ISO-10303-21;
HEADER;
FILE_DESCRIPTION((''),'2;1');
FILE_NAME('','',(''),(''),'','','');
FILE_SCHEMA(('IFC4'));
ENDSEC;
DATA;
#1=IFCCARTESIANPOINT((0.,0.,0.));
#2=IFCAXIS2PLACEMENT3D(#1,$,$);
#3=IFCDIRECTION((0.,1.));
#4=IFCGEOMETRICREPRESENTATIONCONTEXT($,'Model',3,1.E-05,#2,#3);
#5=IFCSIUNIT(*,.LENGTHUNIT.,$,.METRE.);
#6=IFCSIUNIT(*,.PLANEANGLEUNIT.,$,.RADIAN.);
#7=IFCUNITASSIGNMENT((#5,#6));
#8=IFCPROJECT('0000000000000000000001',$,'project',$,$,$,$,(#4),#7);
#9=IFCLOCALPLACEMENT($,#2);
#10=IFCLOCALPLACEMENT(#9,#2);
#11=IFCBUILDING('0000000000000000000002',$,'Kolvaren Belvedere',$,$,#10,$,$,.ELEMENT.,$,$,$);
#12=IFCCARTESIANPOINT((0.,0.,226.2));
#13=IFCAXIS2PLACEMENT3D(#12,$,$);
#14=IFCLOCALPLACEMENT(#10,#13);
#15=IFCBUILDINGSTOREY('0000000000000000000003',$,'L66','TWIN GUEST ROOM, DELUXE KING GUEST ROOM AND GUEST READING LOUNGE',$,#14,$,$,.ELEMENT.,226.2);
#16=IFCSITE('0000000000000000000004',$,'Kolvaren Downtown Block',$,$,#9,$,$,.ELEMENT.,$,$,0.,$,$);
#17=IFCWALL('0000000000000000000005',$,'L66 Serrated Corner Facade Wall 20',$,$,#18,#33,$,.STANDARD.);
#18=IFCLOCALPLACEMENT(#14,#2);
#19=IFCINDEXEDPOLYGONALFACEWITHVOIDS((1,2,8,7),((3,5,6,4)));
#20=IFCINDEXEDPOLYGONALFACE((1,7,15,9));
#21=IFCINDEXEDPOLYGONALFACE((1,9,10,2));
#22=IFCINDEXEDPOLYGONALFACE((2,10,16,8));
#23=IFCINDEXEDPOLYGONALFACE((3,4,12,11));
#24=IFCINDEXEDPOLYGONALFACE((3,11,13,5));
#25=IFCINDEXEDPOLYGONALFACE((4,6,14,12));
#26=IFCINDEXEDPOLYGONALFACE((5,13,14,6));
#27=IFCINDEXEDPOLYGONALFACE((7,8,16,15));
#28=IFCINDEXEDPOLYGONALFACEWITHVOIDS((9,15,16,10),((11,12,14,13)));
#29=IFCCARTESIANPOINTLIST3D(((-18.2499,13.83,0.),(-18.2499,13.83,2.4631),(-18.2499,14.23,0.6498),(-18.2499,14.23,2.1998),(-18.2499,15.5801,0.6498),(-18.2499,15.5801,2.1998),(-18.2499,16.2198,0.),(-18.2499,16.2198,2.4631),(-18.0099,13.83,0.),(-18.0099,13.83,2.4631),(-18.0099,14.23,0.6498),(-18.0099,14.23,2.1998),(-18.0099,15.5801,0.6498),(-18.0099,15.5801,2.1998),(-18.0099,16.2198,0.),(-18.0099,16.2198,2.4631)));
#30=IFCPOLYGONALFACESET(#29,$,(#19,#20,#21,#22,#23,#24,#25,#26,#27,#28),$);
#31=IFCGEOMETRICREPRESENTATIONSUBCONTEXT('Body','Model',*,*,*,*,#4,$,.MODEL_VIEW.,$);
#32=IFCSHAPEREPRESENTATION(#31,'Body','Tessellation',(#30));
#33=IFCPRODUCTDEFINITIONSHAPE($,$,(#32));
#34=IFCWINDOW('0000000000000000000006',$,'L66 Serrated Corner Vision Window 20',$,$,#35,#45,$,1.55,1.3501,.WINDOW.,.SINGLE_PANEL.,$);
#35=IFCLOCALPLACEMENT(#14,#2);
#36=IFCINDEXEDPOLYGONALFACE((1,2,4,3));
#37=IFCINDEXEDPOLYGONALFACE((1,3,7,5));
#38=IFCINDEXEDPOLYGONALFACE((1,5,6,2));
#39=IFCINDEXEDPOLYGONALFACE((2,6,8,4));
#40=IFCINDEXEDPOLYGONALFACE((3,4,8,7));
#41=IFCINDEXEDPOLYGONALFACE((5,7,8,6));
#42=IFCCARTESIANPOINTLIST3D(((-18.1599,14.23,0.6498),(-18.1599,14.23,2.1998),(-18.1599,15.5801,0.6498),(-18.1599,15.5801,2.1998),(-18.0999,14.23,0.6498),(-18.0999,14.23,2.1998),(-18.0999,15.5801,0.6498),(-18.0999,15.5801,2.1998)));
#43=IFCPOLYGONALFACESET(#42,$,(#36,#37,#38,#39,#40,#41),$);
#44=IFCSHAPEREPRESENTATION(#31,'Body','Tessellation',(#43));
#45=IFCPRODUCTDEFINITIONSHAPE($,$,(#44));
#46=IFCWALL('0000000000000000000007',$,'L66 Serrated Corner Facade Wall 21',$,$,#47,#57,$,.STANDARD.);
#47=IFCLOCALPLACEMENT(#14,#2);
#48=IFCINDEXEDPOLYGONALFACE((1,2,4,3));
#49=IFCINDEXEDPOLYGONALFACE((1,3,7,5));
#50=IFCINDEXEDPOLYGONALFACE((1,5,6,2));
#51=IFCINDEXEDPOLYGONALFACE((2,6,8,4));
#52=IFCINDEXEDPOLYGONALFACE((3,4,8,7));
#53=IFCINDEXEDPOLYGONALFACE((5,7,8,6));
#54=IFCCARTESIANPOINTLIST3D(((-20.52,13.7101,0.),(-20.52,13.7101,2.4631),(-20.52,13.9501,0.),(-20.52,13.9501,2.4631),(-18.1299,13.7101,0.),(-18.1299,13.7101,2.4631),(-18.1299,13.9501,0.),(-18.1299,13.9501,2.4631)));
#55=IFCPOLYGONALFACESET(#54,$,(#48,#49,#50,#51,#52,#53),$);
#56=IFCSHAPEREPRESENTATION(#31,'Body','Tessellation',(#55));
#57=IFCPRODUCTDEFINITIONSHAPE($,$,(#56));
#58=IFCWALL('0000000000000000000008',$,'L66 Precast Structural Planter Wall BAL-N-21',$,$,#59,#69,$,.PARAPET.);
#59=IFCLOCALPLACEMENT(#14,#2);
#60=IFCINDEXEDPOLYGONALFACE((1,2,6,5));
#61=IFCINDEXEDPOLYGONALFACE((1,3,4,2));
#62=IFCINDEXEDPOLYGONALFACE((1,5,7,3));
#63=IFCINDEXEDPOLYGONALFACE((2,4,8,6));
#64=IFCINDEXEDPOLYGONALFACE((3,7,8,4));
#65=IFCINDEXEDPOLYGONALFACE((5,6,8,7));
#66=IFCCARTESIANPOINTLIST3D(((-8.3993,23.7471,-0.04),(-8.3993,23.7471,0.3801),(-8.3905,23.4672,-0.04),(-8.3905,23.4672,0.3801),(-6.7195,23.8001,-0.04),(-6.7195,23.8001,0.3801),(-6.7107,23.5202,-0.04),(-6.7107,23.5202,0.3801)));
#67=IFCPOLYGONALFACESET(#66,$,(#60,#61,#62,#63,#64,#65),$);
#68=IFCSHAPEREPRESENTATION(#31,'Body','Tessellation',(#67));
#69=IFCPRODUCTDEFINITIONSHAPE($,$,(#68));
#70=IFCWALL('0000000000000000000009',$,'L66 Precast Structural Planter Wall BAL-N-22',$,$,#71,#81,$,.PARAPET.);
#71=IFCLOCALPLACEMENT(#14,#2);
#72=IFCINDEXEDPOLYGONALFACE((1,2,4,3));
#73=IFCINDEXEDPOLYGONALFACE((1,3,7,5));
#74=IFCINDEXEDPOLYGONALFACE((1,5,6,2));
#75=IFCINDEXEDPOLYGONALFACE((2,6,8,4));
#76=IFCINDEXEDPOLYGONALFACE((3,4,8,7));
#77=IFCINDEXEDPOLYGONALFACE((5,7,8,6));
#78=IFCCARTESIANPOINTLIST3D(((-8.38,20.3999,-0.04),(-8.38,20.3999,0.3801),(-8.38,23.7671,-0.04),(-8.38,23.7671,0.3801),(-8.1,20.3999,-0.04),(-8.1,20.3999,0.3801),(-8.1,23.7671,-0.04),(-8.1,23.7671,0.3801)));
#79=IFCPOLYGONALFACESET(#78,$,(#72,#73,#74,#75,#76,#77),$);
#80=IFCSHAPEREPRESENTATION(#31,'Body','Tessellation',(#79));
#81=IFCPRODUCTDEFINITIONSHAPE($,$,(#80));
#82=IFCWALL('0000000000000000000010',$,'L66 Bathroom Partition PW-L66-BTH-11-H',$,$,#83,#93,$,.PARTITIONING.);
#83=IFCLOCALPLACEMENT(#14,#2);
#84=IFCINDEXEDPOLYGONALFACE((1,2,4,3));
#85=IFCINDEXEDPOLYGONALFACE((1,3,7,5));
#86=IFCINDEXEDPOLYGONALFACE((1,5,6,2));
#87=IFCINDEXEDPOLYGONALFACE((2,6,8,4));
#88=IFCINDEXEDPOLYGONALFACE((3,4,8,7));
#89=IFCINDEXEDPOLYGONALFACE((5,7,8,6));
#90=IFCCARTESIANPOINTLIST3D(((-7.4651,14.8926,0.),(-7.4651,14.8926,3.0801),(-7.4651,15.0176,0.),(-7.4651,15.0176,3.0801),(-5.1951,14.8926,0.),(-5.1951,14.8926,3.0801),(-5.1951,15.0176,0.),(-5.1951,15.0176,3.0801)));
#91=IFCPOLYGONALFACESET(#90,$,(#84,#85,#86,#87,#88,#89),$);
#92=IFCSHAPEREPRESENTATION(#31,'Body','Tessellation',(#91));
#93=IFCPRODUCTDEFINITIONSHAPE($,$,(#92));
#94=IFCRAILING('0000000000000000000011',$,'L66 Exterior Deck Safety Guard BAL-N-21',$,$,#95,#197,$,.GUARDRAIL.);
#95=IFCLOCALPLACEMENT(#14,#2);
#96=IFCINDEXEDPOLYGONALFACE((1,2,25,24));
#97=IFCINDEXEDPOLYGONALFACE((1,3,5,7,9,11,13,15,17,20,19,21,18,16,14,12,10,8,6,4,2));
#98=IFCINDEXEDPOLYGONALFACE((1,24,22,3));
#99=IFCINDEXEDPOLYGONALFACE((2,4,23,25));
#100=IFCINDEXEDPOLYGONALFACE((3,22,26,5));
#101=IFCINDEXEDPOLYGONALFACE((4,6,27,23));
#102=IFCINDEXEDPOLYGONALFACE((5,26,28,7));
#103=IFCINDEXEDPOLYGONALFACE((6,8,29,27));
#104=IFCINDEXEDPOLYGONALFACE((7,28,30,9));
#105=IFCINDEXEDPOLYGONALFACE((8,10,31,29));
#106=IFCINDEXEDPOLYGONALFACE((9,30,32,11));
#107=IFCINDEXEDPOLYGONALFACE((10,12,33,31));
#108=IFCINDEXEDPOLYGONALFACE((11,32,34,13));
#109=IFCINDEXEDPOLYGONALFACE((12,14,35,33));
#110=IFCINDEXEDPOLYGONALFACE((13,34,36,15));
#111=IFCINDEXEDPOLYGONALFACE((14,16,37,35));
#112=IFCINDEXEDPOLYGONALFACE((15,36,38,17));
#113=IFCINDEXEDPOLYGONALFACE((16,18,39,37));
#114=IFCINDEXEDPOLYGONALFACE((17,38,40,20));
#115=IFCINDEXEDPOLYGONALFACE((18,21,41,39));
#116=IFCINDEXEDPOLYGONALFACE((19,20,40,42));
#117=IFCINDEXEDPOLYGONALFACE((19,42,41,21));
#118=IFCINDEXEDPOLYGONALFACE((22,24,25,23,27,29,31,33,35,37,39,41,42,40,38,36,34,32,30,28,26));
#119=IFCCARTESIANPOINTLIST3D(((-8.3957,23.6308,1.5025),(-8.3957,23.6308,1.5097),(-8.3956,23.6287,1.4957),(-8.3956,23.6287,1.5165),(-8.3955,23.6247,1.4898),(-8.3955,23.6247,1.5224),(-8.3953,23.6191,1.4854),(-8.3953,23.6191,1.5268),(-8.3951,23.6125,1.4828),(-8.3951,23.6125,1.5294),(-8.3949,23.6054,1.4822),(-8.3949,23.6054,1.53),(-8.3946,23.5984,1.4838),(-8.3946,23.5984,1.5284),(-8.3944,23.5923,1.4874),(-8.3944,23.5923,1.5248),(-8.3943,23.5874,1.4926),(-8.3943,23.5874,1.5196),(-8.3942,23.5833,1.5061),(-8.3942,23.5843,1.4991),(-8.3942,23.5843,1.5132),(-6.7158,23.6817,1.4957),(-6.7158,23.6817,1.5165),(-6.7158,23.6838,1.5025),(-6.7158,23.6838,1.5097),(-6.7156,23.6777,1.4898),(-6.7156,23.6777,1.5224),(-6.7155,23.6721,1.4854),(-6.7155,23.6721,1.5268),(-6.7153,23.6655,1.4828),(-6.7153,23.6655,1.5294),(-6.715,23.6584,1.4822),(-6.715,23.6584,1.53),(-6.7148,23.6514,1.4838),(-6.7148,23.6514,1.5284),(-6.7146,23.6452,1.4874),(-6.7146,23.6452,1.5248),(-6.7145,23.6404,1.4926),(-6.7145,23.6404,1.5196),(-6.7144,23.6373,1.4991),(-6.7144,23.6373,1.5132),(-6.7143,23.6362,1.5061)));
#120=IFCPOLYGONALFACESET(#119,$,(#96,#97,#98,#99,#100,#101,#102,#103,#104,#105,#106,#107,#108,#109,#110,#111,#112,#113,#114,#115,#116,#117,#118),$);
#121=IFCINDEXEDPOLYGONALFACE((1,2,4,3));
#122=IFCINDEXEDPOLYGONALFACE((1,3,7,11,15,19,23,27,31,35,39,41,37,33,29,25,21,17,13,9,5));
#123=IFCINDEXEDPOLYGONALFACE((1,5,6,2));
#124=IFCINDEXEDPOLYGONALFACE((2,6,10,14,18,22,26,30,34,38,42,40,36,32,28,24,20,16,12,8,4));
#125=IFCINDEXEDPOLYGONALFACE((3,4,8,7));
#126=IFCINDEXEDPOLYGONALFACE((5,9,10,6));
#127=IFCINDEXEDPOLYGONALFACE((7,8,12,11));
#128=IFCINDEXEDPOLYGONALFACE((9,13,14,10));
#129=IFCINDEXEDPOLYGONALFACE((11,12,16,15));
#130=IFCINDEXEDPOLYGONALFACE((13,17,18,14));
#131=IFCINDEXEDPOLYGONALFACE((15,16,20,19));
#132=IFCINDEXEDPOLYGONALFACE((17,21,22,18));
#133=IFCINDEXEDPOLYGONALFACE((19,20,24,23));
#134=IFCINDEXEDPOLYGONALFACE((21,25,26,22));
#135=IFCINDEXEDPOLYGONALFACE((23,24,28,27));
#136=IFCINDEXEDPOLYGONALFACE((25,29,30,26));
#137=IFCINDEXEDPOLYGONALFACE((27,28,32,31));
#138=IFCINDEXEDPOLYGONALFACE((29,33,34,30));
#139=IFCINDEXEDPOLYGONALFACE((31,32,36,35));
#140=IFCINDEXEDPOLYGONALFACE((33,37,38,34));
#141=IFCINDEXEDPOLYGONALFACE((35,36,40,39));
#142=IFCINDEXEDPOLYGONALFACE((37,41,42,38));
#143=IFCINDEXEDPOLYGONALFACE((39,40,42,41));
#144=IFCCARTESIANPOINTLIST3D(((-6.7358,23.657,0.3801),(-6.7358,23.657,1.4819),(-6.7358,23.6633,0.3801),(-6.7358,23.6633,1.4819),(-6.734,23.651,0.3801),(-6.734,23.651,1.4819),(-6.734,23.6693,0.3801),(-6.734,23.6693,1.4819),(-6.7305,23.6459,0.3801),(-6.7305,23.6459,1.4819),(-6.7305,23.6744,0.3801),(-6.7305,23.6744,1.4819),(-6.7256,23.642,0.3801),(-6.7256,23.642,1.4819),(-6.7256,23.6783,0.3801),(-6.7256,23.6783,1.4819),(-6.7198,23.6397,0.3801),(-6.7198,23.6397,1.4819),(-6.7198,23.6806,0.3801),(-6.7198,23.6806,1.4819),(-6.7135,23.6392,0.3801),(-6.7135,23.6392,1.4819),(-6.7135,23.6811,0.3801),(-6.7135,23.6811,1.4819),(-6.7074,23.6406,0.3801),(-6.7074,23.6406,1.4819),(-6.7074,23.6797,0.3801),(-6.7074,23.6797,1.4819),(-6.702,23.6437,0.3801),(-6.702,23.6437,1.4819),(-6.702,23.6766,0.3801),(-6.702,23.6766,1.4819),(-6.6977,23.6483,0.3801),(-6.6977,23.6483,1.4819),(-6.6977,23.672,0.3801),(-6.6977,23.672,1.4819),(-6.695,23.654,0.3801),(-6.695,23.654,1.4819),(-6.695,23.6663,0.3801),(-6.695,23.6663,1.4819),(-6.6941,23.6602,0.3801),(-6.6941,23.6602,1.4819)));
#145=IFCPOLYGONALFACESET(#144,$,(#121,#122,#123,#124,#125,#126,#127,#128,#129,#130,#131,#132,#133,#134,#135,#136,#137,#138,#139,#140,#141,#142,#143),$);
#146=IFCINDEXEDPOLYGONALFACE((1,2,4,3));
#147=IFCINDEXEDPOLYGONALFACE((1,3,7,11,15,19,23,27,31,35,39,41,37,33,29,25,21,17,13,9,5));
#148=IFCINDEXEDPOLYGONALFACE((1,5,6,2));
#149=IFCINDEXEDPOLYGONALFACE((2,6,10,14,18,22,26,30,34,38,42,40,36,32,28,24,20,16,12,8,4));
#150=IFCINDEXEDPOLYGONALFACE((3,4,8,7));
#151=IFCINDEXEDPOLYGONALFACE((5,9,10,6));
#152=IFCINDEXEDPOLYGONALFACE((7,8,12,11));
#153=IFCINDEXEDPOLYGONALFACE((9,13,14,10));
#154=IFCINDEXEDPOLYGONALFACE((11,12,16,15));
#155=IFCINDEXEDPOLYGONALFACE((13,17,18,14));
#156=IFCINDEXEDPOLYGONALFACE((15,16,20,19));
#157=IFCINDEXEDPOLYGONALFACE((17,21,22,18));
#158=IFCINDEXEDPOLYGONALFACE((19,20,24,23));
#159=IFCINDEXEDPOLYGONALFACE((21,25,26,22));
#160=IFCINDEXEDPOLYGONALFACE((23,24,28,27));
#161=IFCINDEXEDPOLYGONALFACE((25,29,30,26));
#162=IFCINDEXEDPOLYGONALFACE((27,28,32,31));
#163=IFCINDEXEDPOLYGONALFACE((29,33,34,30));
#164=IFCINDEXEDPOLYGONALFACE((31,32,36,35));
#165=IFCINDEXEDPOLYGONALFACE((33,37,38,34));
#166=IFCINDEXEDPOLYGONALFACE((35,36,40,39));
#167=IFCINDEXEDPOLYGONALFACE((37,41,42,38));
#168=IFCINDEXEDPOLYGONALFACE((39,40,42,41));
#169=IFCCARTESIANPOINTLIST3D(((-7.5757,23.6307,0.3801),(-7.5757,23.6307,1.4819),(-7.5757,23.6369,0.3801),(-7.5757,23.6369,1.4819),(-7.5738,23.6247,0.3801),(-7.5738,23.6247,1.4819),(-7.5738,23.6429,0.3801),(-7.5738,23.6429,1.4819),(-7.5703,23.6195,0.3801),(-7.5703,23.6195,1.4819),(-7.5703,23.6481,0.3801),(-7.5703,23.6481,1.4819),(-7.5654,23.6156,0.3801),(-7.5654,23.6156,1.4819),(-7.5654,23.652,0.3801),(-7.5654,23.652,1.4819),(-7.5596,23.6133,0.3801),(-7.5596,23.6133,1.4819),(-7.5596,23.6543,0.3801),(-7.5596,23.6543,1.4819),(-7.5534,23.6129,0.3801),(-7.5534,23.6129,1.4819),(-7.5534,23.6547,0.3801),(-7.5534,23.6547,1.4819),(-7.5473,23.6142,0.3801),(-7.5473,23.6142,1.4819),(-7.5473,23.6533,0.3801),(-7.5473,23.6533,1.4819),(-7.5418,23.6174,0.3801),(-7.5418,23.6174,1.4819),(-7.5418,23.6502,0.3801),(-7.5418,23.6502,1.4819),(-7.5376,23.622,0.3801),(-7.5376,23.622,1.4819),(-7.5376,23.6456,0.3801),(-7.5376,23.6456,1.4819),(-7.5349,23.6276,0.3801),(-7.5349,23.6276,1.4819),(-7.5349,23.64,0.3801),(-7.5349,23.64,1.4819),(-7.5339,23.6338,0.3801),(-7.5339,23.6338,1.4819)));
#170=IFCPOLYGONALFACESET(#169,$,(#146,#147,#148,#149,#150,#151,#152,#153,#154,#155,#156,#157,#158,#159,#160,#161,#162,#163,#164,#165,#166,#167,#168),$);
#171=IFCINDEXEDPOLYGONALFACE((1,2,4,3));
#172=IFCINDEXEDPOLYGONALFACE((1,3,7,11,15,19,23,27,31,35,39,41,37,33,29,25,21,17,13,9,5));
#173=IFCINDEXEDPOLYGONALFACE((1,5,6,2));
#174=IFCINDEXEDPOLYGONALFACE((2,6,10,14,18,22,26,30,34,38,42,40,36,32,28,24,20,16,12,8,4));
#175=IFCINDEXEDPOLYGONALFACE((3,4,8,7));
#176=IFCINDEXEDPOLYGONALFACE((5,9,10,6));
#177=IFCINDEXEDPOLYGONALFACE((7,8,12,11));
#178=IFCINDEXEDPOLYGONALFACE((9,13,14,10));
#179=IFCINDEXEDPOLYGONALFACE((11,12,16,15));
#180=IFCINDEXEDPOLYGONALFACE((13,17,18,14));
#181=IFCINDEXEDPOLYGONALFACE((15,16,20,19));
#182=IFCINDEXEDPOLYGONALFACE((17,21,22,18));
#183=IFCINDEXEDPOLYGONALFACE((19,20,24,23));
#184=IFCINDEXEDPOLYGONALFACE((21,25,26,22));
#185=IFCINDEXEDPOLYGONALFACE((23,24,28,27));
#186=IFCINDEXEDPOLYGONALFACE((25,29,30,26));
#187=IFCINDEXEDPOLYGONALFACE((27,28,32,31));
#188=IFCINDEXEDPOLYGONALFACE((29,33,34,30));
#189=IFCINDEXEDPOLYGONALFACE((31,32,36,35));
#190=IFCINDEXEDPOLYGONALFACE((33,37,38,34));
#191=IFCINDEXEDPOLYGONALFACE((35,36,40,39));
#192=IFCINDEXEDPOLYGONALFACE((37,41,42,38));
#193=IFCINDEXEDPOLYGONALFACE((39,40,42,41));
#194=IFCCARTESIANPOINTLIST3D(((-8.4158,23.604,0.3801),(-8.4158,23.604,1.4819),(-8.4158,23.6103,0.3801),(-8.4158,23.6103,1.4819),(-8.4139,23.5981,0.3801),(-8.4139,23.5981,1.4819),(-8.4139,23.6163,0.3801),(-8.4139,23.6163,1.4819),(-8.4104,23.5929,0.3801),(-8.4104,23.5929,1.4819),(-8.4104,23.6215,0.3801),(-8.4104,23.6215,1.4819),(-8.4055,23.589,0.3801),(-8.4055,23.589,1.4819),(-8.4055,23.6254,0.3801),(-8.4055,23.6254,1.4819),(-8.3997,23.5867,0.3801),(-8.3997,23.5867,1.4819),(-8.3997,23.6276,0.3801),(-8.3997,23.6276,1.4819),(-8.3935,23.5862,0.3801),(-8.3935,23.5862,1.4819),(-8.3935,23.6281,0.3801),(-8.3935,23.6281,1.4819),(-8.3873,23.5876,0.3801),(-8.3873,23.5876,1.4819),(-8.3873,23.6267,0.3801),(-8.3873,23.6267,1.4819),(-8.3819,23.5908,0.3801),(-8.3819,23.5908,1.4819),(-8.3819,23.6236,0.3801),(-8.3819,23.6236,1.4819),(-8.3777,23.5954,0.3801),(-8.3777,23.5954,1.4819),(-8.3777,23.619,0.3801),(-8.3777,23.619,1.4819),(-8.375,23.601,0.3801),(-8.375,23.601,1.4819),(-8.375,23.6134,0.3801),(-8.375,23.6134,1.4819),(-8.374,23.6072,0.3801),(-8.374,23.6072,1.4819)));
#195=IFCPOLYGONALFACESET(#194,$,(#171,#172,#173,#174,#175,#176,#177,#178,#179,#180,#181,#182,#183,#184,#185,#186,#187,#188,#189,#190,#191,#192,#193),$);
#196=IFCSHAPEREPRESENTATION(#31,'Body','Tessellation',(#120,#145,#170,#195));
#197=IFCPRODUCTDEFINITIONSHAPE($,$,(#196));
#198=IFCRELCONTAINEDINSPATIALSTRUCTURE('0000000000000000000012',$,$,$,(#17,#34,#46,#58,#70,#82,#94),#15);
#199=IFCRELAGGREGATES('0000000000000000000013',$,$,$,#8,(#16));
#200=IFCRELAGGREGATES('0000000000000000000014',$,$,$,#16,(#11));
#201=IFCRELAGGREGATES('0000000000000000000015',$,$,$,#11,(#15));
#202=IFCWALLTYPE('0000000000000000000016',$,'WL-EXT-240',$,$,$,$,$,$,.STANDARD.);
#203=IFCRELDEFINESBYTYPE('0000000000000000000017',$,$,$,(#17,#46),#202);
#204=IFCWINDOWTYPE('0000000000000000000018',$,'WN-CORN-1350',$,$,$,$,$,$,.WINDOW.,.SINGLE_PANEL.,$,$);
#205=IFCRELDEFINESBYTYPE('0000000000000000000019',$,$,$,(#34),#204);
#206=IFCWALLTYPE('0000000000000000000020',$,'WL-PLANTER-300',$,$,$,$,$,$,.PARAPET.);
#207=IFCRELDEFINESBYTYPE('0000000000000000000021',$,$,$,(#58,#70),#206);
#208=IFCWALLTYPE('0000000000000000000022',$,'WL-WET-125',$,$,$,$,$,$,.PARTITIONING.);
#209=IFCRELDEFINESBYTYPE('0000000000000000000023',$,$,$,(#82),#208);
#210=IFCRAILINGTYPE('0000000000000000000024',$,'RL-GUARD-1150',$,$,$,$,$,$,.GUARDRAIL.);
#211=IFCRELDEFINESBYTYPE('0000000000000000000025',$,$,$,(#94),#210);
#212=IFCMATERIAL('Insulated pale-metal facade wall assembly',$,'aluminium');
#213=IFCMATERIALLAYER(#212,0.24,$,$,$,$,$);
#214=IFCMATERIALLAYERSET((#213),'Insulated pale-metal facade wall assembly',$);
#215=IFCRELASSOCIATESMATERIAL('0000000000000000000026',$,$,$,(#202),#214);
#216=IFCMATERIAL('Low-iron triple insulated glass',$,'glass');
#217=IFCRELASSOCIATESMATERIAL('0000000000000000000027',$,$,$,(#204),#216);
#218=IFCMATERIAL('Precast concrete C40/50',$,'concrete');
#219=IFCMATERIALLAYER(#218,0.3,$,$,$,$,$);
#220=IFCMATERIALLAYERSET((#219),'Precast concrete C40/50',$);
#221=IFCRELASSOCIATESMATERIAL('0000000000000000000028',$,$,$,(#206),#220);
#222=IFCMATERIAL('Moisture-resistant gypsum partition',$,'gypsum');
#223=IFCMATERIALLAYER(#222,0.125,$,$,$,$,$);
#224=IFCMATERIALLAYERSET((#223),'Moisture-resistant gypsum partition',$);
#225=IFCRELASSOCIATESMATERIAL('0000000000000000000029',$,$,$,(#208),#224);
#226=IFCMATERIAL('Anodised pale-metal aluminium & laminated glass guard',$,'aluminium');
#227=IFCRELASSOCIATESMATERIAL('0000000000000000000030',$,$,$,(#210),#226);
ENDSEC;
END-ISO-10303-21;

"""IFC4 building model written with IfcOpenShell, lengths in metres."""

from ifc_helpers import new_model, si_unit, direction, frame, frame_2d, origin, origin_2d, place, context, subcontext, project, spatial, rectangle, circle, extrude, material, layer, layer_set, type_object, element, fill, save


model = new_model("IFC4")

# Units and contexts
model_context = context("Model", 3, precision=1e-05, world=origin(), true_north=direction((0.0, 1.0)))
body_context = subcontext(model_context, "Body", "Model", "MODEL_VIEW")
ifc_project = project(units=[si_unit("LENGTHUNIT", "METRE"), si_unit("PLANEANGLEUNIT", "RADIAN")], contexts=[model_context])

# Site, building, storey
site_placement = place(None, origin())
site = spatial("IfcSite", under=ifc_project, at=site_placement, Name="Kolvaren Downtown Block", CompositionType="ELEMENT", RefElevation=0.0)
building_placement = place(site_placement, origin())
building = spatial("IfcBuilding", under=site, at=building_placement, Name="Kolvaren Belvedere", CompositionType="ELEMENT")
storey_placement = place(building_placement, frame((0.0, 0.0, 226.2)))
storey = spatial("IfcBuildingStorey", under=building, at=storey_placement, Name="L66", Description="TWIN GUEST ROOM, DELUXE KING GUEST ROOM AND GUEST READING LOUNGE", CompositionType="ELEMENT", Elevation=226.2)

# Shared definitions
ifc_material_1 = material(Name="Insulated pale-metal facade wall assembly", Category="aluminium")
ifc_layer_1 = layer(ifc_material_1, 0.24)
ifc_layer_set_1 = layer_set([ifc_layer_1], Name="Insulated pale-metal facade wall assembly")
wall_type_1 = type_object("IfcWallType", Name="WL-EXT-240", PredefinedType="STANDARD", material=ifc_layer_set_1)

# Wall, opening, window
ifc_material_2 = material(Name="Low-iron triple insulated glass", Category="glass")
window_type_1 = type_object("IfcWindowType", Name="WN-CORN-1350", PartitioningType="SINGLE_PANEL", PredefinedType="WINDOW", material=ifc_material_2)
wall_1_placement = place(storey_placement, frame((-18.1299, 13.8301, 0.0), z_axis=(0.0, 0.0, 1.0), x_axis=(0.0, 1.0, 0.0)))
wall_1 = element("IfcWall", 1, at=wall_1_placement, inside=storey, type_object=wall_type_1, Name="L66 Serrated Corner Facade Wall 20", PredefinedType="STANDARD", context=body_context, shape_type="SweptSolid", body=[
    extrude(rectangle(XDim=2.3899, YDim=0.24, at=frame_2d((1.1948, 0.0))), origin(), (0.0, 0.0, 1.0), 2.4631),
])
opening_1_placement = place(wall_1_placement, frame((0.3999, 0.0, 0.6499)))
opening_1 = element("IfcOpeningElement", 2, at=opening_1_placement, cuts=wall_1, PredefinedType="OPENING", context=body_context, shape_type="SweptSolid", body=[
    extrude(rectangle(XDim=1.3501, YDim=1.55, at=frame_2d((0.675, 0.7749))), frame((0.0, 0.1299, 0.0), z_axis=(0.0, -1.0, 0.0), x_axis=(1.0, 0.0, 0.0)), (0.0, 0.0, 1.0), 0.26),
])
window_1_placement = place(opening_1_placement, origin())
window_1 = element("IfcWindow", 3, at=window_1_placement, inside=storey, type_object=window_type_1, Name="L66 Serrated Corner Vision Window 20", OverallHeight=1.55, OverallWidth=1.3501, PartitioningType="SINGLE_PANEL", PredefinedType="WINDOW", context=body_context, shape_type="SweptSolid", body=[
    extrude(rectangle(XDim=1.3501, YDim=1.55, at=frame_2d((0.675, 0.7749))), frame((0.0, 0.03, 0.0), z_axis=(0.0, -1.0, 0.0), x_axis=(1.0, 0.0, 0.0)), (0.0, 0.0, 1.0), 0.0601),
])
fill(opening_1, window_1)

# Walls
wall_2_placement = place(storey_placement, frame((-20.52, 13.8301, 0.0), z_axis=(0.0, 0.0, 1.0), x_axis=(1.0, 0.0, 0.0)))
element("IfcWall", 4, at=wall_2_placement, inside=storey, type_object=wall_type_1, Name="L66 Serrated Corner Facade Wall 21", PredefinedType="STANDARD", context=body_context, shape_type="SweptSolid", body=[
    extrude(rectangle(XDim=2.3901, YDim=0.24, at=frame_2d((1.1951, 0.0))), origin(), (0.0, 0.0, 1.0), 2.4631),
])
ifc_material_3 = material(Name="Precast concrete C40/50", Category="concrete")
ifc_layer_2 = layer(ifc_material_3, 0.3)
ifc_layer_set_2 = layer_set([ifc_layer_2], Name="Precast concrete C40/50")
wall_type_2 = type_object("IfcWallType", Name="WL-PLANTER-300", PredefinedType="PARAPET", material=ifc_layer_set_2)
wall_3_placement = place(storey_placement, frame((-6.7151, 23.6602, -0.04), z_axis=(0.0, 0.0, 1.0), x_axis=(-0.999503, -0.03152, 0.0)))
element("IfcWall", 5, at=wall_3_placement, inside=storey, type_object=wall_type_2, Name="L66 Precast Structural Planter Wall BAL-N-21", PredefinedType="PARAPET", context=body_context, shape_type="SweptSolid", body=[
    extrude(rectangle(XDim=1.6807, YDim=0.28, at=frame_2d((0.8403, 0.0))), origin(), (0.0, 0.0, 1.0), 0.4202),
])
wall_4_placement = place(storey_placement, frame((-8.24, 23.7671, -0.04), z_axis=(0.0, 0.0, 1.0), x_axis=(0.0, -1.0, 0.0)))
element("IfcWall", 6, at=wall_4_placement, inside=storey, type_object=wall_type_2, Name="L66 Precast Structural Planter Wall BAL-N-22", PredefinedType="PARAPET", context=body_context, shape_type="SweptSolid", body=[
    extrude(rectangle(XDim=3.3672, YDim=0.28, at=frame_2d((1.6836, 0.0))), origin(), (0.0, 0.0, 1.0), 0.4202),
])
ifc_material_4 = material(Name="Moisture-resistant gypsum partition", Category="gypsum")
ifc_layer_3 = layer(ifc_material_4, 0.125)
ifc_layer_set_3 = layer_set([ifc_layer_3], Name="Moisture-resistant gypsum partition")
wall_type_3 = type_object("IfcWallType", Name="WL-WET-125", PredefinedType="PARTITIONING", material=ifc_layer_set_3)
wall_5_placement = place(storey_placement, frame((-7.4651, 14.9551, 0.0), z_axis=(0.0, 0.0, 1.0), x_axis=(1.0, 0.0, 0.0)))
element("IfcWall", 7, at=wall_5_placement, inside=storey, type_object=wall_type_3, Name="L66 Bathroom Partition PW-L66-BTH-11-H", PredefinedType="PARTITIONING", context=body_context, shape_type="SweptSolid", body=[
    extrude(rectangle(XDim=2.27, YDim=0.125, at=frame_2d((1.135, 0.0))), origin(), (0.0, 0.0, 1.0), 3.0801),
])

# Railing
ifc_material_5 = material(Name="Anodised pale-metal aluminium & laminated glass guard", Category="aluminium")
railing_type = type_object("IfcRailingType", Name="RL-GUARD-1150", PredefinedType="GUARDRAIL", material=ifc_material_5)
railing_1_placement = place(storey_placement, frame((-6.7151, 23.6602, 0.3801)))
element("IfcRailing", 8, at=railing_1_placement, inside=storey, type_object=railing_type, Name="L66 Exterior Deck Safety Guard BAL-N-21", PredefinedType="GUARDRAIL", context=body_context, shape_type="SweptSolid", body=[
    extrude(circle(Radius=0.0239, at=origin_2d()), frame((0.0, 0.0, 1.126), z_axis=(-0.999503, -0.03152, 0.0), x_axis=(0.03152, -0.999503, 0.0)), (0.0, 0.0, 1.0), 1.6807),
    extrude(circle(Radius=0.021, at=origin_2d()), origin(), (0.0, 0.0, 1.0), 1.1018),
    extrude(circle(Radius=0.021, at=origin_2d()), frame((-0.8398, -0.0264, 0.0)), (0.0, 0.0, 1.0), 1.1018),
    extrude(circle(Radius=0.021, at=origin_2d()), frame((-1.6799, -0.053, 0.0)), (0.0, 0.0, 1.0), 1.1018),
])

save(model, "model.ifc")
